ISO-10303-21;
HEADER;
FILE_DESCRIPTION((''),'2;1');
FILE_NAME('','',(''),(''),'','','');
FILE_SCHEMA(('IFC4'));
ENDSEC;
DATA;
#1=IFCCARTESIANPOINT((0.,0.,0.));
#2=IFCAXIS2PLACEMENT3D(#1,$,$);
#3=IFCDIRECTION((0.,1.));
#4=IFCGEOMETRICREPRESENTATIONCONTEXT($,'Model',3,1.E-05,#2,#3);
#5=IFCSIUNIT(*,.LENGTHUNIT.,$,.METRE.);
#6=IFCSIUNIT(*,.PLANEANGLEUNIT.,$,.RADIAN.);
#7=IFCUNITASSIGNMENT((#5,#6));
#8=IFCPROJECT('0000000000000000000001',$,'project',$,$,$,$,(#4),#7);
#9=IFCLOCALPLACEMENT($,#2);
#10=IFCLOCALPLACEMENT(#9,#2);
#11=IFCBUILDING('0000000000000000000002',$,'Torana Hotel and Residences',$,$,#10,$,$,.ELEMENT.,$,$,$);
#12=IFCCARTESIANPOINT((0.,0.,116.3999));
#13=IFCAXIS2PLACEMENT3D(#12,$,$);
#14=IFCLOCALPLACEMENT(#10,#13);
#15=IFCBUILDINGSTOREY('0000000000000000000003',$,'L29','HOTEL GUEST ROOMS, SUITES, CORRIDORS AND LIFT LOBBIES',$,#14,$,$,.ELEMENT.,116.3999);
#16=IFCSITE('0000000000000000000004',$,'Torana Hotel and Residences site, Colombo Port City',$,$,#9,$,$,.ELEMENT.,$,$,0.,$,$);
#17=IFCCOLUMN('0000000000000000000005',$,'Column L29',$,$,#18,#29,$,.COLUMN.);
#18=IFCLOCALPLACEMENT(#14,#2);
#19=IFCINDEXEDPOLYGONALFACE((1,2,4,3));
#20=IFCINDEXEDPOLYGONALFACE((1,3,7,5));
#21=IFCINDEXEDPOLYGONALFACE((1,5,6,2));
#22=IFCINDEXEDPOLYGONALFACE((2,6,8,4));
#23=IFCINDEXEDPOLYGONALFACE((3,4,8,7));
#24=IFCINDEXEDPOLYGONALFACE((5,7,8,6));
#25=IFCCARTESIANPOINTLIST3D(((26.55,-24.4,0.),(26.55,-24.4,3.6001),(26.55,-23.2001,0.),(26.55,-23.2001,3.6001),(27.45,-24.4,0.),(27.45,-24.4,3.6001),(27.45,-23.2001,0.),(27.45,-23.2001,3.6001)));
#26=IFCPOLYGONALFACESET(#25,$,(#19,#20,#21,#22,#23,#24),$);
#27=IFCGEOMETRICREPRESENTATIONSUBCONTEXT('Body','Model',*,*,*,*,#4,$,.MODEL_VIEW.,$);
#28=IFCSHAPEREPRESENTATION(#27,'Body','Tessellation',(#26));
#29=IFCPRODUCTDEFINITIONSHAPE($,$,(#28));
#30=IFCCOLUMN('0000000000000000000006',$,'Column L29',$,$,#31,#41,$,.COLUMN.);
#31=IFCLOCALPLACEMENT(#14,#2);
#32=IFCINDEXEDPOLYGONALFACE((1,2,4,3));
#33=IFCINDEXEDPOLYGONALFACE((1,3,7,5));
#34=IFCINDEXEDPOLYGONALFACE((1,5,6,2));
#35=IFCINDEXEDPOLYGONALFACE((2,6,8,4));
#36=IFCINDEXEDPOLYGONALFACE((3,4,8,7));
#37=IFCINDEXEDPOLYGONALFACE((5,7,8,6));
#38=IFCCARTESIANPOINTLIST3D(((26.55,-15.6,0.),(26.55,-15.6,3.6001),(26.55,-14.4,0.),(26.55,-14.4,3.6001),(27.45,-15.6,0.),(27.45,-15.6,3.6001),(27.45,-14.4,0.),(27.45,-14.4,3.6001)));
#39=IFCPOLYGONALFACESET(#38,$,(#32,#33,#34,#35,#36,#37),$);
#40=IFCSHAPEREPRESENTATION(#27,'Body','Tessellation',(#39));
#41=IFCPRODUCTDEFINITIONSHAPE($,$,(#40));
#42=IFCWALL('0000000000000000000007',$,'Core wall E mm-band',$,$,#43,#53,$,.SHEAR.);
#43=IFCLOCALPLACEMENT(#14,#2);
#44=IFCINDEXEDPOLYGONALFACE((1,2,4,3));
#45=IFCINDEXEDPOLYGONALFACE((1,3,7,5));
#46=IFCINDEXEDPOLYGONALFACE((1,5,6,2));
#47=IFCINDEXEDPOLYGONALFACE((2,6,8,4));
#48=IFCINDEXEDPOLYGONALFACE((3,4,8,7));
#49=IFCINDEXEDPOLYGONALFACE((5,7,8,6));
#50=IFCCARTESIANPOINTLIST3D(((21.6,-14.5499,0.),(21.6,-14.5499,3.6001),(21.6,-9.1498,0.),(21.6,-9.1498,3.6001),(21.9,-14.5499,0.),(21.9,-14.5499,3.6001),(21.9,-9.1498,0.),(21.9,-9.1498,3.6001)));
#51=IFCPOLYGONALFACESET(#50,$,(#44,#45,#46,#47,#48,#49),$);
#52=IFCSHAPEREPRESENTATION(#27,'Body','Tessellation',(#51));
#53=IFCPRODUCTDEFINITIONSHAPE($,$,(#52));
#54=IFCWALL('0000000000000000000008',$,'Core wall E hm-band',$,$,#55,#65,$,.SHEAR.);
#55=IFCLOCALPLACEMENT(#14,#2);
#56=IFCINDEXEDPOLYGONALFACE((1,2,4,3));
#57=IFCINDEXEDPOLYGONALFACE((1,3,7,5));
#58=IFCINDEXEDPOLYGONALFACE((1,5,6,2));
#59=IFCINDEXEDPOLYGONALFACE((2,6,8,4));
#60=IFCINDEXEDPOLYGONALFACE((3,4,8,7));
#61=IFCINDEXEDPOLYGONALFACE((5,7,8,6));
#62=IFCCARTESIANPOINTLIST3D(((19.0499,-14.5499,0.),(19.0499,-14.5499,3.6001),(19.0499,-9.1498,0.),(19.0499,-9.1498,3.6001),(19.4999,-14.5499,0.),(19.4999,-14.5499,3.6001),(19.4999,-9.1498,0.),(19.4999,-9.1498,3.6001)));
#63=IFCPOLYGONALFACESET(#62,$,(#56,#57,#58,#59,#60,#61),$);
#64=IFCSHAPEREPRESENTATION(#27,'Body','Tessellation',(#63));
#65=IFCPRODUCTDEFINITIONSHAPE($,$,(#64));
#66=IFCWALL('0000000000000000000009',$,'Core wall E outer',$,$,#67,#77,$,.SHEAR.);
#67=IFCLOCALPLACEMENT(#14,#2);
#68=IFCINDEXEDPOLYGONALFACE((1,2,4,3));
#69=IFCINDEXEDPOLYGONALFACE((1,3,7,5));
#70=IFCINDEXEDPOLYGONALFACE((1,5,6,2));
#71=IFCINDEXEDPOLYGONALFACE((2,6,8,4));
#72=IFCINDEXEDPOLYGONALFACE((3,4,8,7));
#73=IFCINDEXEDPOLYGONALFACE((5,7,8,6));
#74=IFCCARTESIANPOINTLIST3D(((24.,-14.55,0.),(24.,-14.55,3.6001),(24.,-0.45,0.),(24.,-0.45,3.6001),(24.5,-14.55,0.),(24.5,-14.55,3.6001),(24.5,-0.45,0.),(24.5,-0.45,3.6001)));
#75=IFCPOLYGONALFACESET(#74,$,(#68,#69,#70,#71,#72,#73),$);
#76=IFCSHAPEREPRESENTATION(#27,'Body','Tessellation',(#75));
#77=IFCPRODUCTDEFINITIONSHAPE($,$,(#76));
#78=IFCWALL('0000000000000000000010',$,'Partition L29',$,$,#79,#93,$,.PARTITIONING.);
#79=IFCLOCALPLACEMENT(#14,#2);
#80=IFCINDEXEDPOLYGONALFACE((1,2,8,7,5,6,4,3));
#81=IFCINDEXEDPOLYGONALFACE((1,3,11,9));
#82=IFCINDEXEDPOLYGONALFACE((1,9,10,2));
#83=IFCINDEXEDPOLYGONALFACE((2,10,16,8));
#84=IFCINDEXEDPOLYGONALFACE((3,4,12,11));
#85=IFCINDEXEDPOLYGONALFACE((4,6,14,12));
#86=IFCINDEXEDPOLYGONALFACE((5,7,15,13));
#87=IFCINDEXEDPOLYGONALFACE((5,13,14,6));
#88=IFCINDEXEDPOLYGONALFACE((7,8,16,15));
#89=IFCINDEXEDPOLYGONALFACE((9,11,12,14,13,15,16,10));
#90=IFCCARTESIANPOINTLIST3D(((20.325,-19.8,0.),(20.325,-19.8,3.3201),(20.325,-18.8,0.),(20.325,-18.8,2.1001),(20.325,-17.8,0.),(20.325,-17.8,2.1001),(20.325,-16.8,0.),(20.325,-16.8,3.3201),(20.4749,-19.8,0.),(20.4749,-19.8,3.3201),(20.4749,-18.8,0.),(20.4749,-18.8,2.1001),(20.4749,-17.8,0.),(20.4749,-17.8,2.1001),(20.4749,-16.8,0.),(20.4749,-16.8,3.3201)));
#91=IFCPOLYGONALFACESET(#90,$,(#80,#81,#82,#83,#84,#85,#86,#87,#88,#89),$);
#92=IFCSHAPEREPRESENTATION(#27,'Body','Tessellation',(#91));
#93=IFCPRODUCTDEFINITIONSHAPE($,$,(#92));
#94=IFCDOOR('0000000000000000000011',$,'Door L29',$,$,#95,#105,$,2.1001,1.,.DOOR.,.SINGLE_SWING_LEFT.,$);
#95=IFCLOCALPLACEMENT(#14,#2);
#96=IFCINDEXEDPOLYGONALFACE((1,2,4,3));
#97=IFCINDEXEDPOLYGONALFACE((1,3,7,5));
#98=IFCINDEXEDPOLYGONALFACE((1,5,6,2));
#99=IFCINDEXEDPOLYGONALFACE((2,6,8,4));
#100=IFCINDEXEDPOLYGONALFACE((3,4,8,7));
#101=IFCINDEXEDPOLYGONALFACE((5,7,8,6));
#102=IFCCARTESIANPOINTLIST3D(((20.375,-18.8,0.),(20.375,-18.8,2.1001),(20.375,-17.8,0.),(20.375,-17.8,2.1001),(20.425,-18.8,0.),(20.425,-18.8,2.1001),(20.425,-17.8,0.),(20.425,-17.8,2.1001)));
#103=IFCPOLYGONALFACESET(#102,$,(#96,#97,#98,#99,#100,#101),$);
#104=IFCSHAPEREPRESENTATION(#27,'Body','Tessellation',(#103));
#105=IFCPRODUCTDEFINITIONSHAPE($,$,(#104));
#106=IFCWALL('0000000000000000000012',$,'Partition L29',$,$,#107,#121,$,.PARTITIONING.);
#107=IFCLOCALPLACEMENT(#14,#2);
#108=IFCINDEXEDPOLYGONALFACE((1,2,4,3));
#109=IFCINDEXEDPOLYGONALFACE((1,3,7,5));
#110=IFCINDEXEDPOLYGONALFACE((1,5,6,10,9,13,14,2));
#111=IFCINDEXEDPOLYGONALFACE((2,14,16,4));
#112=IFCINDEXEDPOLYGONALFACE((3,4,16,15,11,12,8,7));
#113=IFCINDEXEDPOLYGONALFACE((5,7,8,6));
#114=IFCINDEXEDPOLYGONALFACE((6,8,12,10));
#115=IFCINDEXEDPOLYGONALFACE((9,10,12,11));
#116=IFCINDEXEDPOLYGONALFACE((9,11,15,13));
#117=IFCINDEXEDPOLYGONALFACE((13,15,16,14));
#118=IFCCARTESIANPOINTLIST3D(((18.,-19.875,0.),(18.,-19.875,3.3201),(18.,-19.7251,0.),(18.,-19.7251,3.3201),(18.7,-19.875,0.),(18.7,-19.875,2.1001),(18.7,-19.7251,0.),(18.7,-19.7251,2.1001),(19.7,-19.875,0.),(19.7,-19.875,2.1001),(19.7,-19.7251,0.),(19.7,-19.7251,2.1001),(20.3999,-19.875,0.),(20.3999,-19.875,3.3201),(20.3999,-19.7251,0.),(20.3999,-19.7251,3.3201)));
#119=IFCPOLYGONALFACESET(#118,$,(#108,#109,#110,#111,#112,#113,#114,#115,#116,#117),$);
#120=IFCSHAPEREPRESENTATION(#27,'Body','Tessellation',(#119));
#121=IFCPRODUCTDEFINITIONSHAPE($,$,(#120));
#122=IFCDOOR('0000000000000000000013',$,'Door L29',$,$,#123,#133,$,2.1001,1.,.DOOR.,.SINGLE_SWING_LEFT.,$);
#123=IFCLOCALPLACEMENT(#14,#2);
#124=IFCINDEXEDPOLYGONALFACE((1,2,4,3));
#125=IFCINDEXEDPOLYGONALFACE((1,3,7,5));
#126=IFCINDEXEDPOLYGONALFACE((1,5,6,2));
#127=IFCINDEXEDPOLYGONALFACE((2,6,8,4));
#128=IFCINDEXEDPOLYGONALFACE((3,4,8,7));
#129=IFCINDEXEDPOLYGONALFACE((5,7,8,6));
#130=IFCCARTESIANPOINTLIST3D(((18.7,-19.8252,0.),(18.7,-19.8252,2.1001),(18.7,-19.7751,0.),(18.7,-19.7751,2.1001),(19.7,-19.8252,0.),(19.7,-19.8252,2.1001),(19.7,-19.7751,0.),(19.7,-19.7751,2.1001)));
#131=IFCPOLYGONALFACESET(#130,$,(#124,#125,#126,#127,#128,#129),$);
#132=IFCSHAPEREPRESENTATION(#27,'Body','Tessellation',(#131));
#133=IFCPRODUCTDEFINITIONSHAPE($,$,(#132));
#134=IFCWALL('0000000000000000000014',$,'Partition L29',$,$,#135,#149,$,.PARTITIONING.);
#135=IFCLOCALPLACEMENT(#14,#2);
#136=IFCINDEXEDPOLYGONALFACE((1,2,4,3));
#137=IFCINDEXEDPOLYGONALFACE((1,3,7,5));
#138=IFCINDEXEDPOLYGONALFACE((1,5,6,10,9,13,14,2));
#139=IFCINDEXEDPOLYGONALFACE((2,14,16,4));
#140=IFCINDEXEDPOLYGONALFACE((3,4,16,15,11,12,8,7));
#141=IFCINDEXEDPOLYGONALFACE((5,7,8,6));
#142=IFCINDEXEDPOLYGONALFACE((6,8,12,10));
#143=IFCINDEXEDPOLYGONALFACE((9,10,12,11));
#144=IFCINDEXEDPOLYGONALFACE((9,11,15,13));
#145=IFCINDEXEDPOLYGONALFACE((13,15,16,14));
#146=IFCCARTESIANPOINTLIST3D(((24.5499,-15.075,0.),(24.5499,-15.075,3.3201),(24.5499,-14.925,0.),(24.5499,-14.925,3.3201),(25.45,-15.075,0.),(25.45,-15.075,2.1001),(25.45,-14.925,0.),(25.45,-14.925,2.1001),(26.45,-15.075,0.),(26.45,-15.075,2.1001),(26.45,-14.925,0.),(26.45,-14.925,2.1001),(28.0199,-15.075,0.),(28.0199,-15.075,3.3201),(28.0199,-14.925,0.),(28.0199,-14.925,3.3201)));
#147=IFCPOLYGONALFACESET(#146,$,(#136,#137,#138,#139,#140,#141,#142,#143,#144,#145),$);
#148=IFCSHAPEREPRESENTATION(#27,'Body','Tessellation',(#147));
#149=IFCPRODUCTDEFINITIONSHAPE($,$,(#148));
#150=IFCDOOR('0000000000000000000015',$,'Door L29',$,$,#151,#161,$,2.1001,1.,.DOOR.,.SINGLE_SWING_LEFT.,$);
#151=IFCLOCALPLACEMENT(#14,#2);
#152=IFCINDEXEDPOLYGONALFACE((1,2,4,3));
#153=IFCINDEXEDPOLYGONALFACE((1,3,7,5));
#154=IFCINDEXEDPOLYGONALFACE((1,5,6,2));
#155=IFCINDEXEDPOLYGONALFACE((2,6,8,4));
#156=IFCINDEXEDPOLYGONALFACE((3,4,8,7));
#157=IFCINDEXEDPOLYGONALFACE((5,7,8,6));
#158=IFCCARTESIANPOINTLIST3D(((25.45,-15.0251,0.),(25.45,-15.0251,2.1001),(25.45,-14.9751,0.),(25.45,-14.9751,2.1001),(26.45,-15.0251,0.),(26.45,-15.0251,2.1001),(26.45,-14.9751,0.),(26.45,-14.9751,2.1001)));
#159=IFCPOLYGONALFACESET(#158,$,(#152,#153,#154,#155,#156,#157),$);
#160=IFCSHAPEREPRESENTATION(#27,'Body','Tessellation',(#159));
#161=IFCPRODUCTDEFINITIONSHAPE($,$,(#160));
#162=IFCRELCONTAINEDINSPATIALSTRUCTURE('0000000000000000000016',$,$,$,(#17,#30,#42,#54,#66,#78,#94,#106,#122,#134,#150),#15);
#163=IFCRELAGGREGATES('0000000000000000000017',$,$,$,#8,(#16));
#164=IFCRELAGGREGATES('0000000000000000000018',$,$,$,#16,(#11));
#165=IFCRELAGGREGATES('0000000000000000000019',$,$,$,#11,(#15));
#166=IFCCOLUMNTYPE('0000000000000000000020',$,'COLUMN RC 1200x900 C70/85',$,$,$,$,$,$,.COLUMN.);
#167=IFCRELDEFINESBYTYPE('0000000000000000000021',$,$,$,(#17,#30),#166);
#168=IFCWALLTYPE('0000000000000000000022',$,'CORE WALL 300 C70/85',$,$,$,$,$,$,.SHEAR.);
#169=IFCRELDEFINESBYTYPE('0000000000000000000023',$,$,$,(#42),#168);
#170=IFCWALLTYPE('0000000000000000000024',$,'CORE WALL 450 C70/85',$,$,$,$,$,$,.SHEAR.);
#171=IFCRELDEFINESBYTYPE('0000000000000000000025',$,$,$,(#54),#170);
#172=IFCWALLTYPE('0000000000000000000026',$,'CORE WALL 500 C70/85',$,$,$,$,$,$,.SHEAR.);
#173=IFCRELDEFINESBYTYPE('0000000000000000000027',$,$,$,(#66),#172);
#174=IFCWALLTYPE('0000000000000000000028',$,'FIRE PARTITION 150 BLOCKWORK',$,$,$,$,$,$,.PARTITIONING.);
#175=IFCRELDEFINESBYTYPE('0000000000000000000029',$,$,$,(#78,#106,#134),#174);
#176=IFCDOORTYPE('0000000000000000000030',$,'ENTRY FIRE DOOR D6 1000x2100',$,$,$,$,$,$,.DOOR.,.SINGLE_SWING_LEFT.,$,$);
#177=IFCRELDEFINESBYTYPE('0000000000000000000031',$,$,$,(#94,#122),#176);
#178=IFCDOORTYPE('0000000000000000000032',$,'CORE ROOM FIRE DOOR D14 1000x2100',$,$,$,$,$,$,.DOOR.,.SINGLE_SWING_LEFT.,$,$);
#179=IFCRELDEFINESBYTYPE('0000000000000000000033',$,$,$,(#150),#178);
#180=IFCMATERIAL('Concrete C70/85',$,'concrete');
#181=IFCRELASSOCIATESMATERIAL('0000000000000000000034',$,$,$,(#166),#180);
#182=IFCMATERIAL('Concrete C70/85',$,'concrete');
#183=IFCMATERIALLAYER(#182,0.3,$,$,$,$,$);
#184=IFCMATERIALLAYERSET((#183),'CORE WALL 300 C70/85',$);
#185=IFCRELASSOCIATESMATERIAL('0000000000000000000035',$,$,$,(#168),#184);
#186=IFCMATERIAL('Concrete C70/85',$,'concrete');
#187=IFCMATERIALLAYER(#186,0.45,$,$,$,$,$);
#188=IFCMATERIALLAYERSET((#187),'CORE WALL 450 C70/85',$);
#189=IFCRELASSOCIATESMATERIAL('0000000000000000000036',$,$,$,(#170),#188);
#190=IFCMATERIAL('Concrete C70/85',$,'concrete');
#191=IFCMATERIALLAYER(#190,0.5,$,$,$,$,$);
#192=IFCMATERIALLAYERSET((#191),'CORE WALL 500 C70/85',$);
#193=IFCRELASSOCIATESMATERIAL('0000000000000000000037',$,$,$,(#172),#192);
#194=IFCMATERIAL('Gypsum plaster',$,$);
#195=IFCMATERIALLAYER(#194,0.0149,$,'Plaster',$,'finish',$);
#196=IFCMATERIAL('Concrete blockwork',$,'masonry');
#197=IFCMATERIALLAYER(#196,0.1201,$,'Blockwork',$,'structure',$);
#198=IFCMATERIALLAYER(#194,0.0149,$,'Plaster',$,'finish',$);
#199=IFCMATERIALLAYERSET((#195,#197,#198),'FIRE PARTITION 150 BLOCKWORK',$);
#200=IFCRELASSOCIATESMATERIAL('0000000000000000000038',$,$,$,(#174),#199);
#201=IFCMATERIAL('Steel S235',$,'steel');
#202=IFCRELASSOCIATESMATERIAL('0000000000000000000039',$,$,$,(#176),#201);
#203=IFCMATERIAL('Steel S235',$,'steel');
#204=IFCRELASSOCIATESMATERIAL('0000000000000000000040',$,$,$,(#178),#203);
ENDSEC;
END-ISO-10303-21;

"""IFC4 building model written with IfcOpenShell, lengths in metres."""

from ifc_helpers import new_model, si_unit, direction, frame, frame_2d, origin, origin_2d, place, context, subcontext, project, spatial, rectangle, extrude, material, layer, layer_set, material_profile, profile_set, type_object, element, fill, save


model = new_model("IFC4")

# Units and contexts
model_context = context("Model", 3, precision=1e-05, world=origin(), true_north=direction((0.0, 1.0)))
body_context = subcontext(model_context, "Body", "Model", "MODEL_VIEW")
ifc_project = project(units=[si_unit("LENGTHUNIT", "METRE"), si_unit("PLANEANGLEUNIT", "RADIAN")], contexts=[model_context])

# Site, building, storey
site_placement = place(None, origin())
site = spatial("IfcSite", under=ifc_project, at=site_placement, Name="Torana Hotel and Residences site, Colombo Port City", CompositionType="ELEMENT", RefElevation=0.0)
building_placement = place(site_placement, origin())
building = spatial("IfcBuilding", under=site, at=building_placement, Name="Torana Hotel and Residences", CompositionType="ELEMENT")
storey_placement = place(building_placement, frame((0.0, 0.0, 116.3999)))
storey = spatial("IfcBuildingStorey", under=building, at=storey_placement, Name="L29", Description="HOTEL GUEST ROOMS, SUITES, CORRIDORS AND LIFT LOBBIES", CompositionType="ELEMENT", Elevation=116.3999)

# Columns
ifc_material_1 = material(Name="Concrete C70/85", Category="concrete")
ifc_material_profile = material_profile(ifc_material_1, rectangle(XDim=1.2, YDim=0.8999, at=origin_2d()), Name="RC 1200x900")
ifc_profile_set = profile_set([ifc_material_profile], Name="Concrete C70/85")
column_type = type_object("IfcColumnType", Name="COLUMN RC 1200x900 C70/85", PredefinedType="COLUMN", material=ifc_profile_set)
for number, where, z_axis, x_axis, name in (
    (1, (27.0, -23.8, 0.0), (0.0, 0.0, 1.0), (0.0, 1.0, 0.0), "Column L29"),
    (2, (27.0, -15.0, 0.0), (0.0, 0.0, 1.0), (0.0, 1.0, 0.0), "Column L29"),
):
    element("IfcColumn", number, at=place(storey_placement, frame(where, z_axis=z_axis, x_axis=x_axis)), inside=storey, type_object=column_type, Name=name, PredefinedType="COLUMN", context=body_context, shape_type="SweptSolid", body=[
        extrude(rectangle(XDim=1.2, YDim=0.8999, at=origin_2d()), origin(), (0.0, 0.0, 1.0), 3.6001),
    ])

# Walls
ifc_material_2 = material(Name="Concrete C70/85", Category="concrete")
ifc_layer_1 = layer(ifc_material_2, 0.3)
ifc_layer_set_1 = layer_set([ifc_layer_1], Name="CORE WALL 300 C70/85")
wall_type_1 = type_object("IfcWallType", Name="CORE WALL 300 C70/85", PredefinedType="SHEAR", material=ifc_layer_set_1)
wall_1_placement = place(storey_placement, frame((21.75, -14.55, 0.0), z_axis=(0.0, 0.0, 1.0), x_axis=(0.0, 1.0, 0.0)))
element("IfcWall", 3, at=wall_1_placement, inside=storey, type_object=wall_type_1, Name="Core wall E mm-band", PredefinedType="SHEAR", context=body_context, shape_type="SweptSolid", body=[
    extrude(rectangle(XDim=5.4001, YDim=0.3, at=frame_2d((2.7002, 0.0))), origin(), (0.0, 0.0, 1.0), 3.6001),
])
ifc_material_3 = material(Name="Concrete C70/85", Category="concrete")
ifc_layer_2 = layer(ifc_material_3, 0.45)
ifc_layer_set_2 = layer_set([ifc_layer_2], Name="CORE WALL 450 C70/85")
wall_type_2 = type_object("IfcWallType", Name="CORE WALL 450 C70/85", PredefinedType="SHEAR", material=ifc_layer_set_2)
wall_2_placement = place(storey_placement, frame((19.2749, -14.55, 0.0), z_axis=(0.0, 0.0, 1.0), x_axis=(0.0, 1.0, 0.0)))
element("IfcWall", 4, at=wall_2_placement, inside=storey, type_object=wall_type_2, Name="Core wall E hm-band", PredefinedType="SHEAR", context=body_context, shape_type="SweptSolid", body=[
    extrude(rectangle(XDim=5.4001, YDim=0.45, at=frame_2d((2.7002, 0.0))), origin(), (0.0, 0.0, 1.0), 3.6001),
])
ifc_material_4 = material(Name="Concrete C70/85", Category="concrete")
ifc_layer_3 = layer(ifc_material_4, 0.5)
ifc_layer_set_3 = layer_set([ifc_layer_3], Name="CORE WALL 500 C70/85")
wall_type_3 = type_object("IfcWallType", Name="CORE WALL 500 C70/85", PredefinedType="SHEAR", material=ifc_layer_set_3)
wall_3_placement = place(storey_placement, frame((24.25, -14.55, 0.0), z_axis=(0.0, 0.0, 1.0), x_axis=(0.0, 1.0, 0.0)))
element("IfcWall", 5, at=wall_3_placement, inside=storey, type_object=wall_type_3, Name="Core wall E outer", PredefinedType="SHEAR", context=body_context, shape_type="SweptSolid", body=[
    extrude(rectangle(XDim=14.1001, YDim=0.5, at=frame_2d((7.05, 0.0))), origin(), (0.0, 0.0, 1.0), 3.6001),
])

# Walls, openings, doors
ifc_material_5 = material(Name="Gypsum plaster")
ifc_layer_4 = layer(ifc_material_5, 0.0149, Name="Plaster", Category="finish")
ifc_material_6 = material(Name="Concrete blockwork", Category="masonry")
ifc_layer_5 = layer(ifc_material_6, 0.1201, Name="Blockwork", Category="structure")
ifc_layer_6 = layer(ifc_material_5, 0.0149, Name="Plaster", Category="finish")
ifc_layer_set_4 = layer_set([ifc_layer_4, ifc_layer_5, ifc_layer_6], Name="FIRE PARTITION 150 BLOCKWORK")
wall_type_4 = type_object("IfcWallType", Name="FIRE PARTITION 150 BLOCKWORK", PredefinedType="PARTITIONING", material=ifc_layer_set_4)
wall_4_placement = place(storey_placement, frame((20.3999, -19.8, 0.0), z_axis=(0.0, 0.0, 1.0), x_axis=(0.0, 1.0, 0.0)))
wall_4 = element("IfcWall", 6, at=wall_4_placement, inside=storey, type_object=wall_type_4, Name="Partition L29", PredefinedType="PARTITIONING", context=body_context, shape_type="SweptSolid", body=[
    extrude(rectangle(XDim=3.0, YDim=0.1499, at=frame_2d((1.5, 0.0))), origin(), (0.0, 0.0, 1.0), 3.3201),
])
opening_1_placement = place(wall_4_placement, frame((1.0, 0.0, 0.0)))
opening_1 = element("IfcOpeningElement", 7, at=opening_1_placement, cuts=wall_4, PredefinedType="OPENING", context=body_context, shape_type="SweptSolid", body=[
    extrude(rectangle(XDim=1.0, YDim=2.1001, at=frame_2d((0.5, 1.05))), frame((0.0, 0.085, 0.0), z_axis=(0.0, -1.0, 0.0), x_axis=(1.0, 0.0, 0.0)), (0.0, 0.0, 1.0), 0.1699),
])
ifc_material_7 = material(Name="Steel S235", Category="steel")
door_type_1 = type_object("IfcDoorType", Name="ENTRY FIRE DOOR D6 1000x2100", OperationType="SINGLE_SWING_LEFT", PredefinedType="DOOR", material=ifc_material_7)
door_1_placement = place(opening_1_placement, frame((0.5, 0.0, 0.0), z_axis=(0.0, 0.0, 1.0), x_axis=(-1.0, 0.0, 0.0)))
door_1 = element("IfcDoor", 8, at=door_1_placement, inside=storey, type_object=door_type_1, Name="Door L29", OperationType="SINGLE_SWING_LEFT", OverallHeight=2.1001, OverallWidth=1.0, PredefinedType="DOOR", context=body_context, shape_type="SweptSolid", body=[
    extrude(rectangle(XDim=1.0, YDim=2.1001, at=frame_2d((0.0, 1.05))), frame((0.0, -0.0249, 0.0), z_axis=(0.0, 1.0, 0.0), x_axis=(-1.0, 0.0, 0.0)), (0.0, 0.0, 1.0), 0.05),
])
fill(opening_1, door_1)
wall_5_placement = place(storey_placement, frame((18.0, -19.8, 0.0), z_axis=(0.0, 0.0, 1.0), x_axis=(1.0, 0.0, 0.0)))
wall_5 = element("IfcWall", 9, at=wall_5_placement, inside=storey, type_object=wall_type_4, Name="Partition L29", PredefinedType="PARTITIONING", context=body_context, shape_type="SweptSolid", body=[
    extrude(rectangle(XDim=2.3999, YDim=0.1499, at=frame_2d((1.2, 0.0))), origin(), (0.0, 0.0, 1.0), 3.3201),
])
opening_2_placement = place(wall_5_placement, frame((0.7, 0.0, 0.0)))
opening_2 = element("IfcOpeningElement", 10, at=opening_2_placement, cuts=wall_5, PredefinedType="OPENING", context=body_context, shape_type="SweptSolid", body=[
    extrude(rectangle(XDim=1.0, YDim=2.1001, at=frame_2d((0.5, 1.05))), frame((0.0, 0.085, 0.0), z_axis=(0.0, -1.0, 0.0), x_axis=(1.0, 0.0, 0.0)), (0.0, 0.0, 1.0), 0.1699),
])
door_2_placement = place(opening_2_placement, frame((0.5, 0.0, 0.0), z_axis=(0.0, 0.0, 1.0), x_axis=(-1.0, 0.0, 0.0)))
door_2 = element("IfcDoor", 11, at=door_2_placement, inside=storey, type_object=door_type_1, Name="Door L29", OperationType="SINGLE_SWING_LEFT", OverallHeight=2.1001, OverallWidth=1.0, PredefinedType="DOOR", context=body_context, shape_type="SweptSolid", body=[
    extrude(rectangle(XDim=1.0, YDim=2.1001, at=frame_2d((0.0, 1.05))), frame((0.0, -0.0249, 0.0), z_axis=(0.0, 1.0, 0.0), x_axis=(-1.0, 0.0, 0.0)), (0.0, 0.0, 1.0), 0.05),
])
fill(opening_2, door_2)
wall_6_placement = place(storey_placement, frame((24.55, -15.0, 0.0), z_axis=(0.0, 0.0, 1.0), x_axis=(1.0, 0.0, 0.0)))
wall_6 = element("IfcWall", 12, at=wall_6_placement, inside=storey, type_object=wall_type_4, Name="Partition L29", PredefinedType="PARTITIONING", context=body_context, shape_type="SweptSolid", body=[
    extrude(rectangle(XDim=3.47, YDim=0.1499, at=frame_2d((1.7349, 0.0))), origin(), (0.0, 0.0, 1.0), 3.3201),
])
opening_3_placement = place(wall_6_placement, frame((0.8999, 0.0, 0.0)))
opening_3 = element("IfcOpeningElement", 13, at=opening_3_placement, cuts=wall_6, PredefinedType="OPENING", context=body_context, shape_type="SweptSolid", body=[
    extrude(rectangle(XDim=1.0, YDim=2.1001, at=frame_2d((0.5, 1.05))), frame((0.0, 0.085, 0.0), z_axis=(0.0, -1.0, 0.0), x_axis=(1.0, 0.0, 0.0)), (0.0, 0.0, 1.0), 0.1699),
])
ifc_material_8 = material(Name="Steel S235", Category="steel")
door_type_2 = type_object("IfcDoorType", Name="CORE ROOM FIRE DOOR D14 1000x2100", OperationType="SINGLE_SWING_LEFT", PredefinedType="DOOR", material=ifc_material_8)
door_3_placement = place(opening_3_placement, origin())
door_3 = element("IfcDoor", 14, at=door_3_placement, inside=storey, type_object=door_type_2, Name="Door L29", OperationType="SINGLE_SWING_LEFT", OverallHeight=2.1001, OverallWidth=1.0, PredefinedType="DOOR", context=body_context, shape_type="SweptSolid", body=[
    extrude(rectangle(XDim=1.0, YDim=2.1001, at=frame_2d((0.5, 1.05))), frame((0.0, 0.0249, 0.0), z_axis=(0.0, -1.0, 0.0), x_axis=(1.0, 0.0, 0.0)), (0.0, 0.0, 1.0), 0.05),
])
fill(opening_3, door_3)

save(model, "model.ifc")
